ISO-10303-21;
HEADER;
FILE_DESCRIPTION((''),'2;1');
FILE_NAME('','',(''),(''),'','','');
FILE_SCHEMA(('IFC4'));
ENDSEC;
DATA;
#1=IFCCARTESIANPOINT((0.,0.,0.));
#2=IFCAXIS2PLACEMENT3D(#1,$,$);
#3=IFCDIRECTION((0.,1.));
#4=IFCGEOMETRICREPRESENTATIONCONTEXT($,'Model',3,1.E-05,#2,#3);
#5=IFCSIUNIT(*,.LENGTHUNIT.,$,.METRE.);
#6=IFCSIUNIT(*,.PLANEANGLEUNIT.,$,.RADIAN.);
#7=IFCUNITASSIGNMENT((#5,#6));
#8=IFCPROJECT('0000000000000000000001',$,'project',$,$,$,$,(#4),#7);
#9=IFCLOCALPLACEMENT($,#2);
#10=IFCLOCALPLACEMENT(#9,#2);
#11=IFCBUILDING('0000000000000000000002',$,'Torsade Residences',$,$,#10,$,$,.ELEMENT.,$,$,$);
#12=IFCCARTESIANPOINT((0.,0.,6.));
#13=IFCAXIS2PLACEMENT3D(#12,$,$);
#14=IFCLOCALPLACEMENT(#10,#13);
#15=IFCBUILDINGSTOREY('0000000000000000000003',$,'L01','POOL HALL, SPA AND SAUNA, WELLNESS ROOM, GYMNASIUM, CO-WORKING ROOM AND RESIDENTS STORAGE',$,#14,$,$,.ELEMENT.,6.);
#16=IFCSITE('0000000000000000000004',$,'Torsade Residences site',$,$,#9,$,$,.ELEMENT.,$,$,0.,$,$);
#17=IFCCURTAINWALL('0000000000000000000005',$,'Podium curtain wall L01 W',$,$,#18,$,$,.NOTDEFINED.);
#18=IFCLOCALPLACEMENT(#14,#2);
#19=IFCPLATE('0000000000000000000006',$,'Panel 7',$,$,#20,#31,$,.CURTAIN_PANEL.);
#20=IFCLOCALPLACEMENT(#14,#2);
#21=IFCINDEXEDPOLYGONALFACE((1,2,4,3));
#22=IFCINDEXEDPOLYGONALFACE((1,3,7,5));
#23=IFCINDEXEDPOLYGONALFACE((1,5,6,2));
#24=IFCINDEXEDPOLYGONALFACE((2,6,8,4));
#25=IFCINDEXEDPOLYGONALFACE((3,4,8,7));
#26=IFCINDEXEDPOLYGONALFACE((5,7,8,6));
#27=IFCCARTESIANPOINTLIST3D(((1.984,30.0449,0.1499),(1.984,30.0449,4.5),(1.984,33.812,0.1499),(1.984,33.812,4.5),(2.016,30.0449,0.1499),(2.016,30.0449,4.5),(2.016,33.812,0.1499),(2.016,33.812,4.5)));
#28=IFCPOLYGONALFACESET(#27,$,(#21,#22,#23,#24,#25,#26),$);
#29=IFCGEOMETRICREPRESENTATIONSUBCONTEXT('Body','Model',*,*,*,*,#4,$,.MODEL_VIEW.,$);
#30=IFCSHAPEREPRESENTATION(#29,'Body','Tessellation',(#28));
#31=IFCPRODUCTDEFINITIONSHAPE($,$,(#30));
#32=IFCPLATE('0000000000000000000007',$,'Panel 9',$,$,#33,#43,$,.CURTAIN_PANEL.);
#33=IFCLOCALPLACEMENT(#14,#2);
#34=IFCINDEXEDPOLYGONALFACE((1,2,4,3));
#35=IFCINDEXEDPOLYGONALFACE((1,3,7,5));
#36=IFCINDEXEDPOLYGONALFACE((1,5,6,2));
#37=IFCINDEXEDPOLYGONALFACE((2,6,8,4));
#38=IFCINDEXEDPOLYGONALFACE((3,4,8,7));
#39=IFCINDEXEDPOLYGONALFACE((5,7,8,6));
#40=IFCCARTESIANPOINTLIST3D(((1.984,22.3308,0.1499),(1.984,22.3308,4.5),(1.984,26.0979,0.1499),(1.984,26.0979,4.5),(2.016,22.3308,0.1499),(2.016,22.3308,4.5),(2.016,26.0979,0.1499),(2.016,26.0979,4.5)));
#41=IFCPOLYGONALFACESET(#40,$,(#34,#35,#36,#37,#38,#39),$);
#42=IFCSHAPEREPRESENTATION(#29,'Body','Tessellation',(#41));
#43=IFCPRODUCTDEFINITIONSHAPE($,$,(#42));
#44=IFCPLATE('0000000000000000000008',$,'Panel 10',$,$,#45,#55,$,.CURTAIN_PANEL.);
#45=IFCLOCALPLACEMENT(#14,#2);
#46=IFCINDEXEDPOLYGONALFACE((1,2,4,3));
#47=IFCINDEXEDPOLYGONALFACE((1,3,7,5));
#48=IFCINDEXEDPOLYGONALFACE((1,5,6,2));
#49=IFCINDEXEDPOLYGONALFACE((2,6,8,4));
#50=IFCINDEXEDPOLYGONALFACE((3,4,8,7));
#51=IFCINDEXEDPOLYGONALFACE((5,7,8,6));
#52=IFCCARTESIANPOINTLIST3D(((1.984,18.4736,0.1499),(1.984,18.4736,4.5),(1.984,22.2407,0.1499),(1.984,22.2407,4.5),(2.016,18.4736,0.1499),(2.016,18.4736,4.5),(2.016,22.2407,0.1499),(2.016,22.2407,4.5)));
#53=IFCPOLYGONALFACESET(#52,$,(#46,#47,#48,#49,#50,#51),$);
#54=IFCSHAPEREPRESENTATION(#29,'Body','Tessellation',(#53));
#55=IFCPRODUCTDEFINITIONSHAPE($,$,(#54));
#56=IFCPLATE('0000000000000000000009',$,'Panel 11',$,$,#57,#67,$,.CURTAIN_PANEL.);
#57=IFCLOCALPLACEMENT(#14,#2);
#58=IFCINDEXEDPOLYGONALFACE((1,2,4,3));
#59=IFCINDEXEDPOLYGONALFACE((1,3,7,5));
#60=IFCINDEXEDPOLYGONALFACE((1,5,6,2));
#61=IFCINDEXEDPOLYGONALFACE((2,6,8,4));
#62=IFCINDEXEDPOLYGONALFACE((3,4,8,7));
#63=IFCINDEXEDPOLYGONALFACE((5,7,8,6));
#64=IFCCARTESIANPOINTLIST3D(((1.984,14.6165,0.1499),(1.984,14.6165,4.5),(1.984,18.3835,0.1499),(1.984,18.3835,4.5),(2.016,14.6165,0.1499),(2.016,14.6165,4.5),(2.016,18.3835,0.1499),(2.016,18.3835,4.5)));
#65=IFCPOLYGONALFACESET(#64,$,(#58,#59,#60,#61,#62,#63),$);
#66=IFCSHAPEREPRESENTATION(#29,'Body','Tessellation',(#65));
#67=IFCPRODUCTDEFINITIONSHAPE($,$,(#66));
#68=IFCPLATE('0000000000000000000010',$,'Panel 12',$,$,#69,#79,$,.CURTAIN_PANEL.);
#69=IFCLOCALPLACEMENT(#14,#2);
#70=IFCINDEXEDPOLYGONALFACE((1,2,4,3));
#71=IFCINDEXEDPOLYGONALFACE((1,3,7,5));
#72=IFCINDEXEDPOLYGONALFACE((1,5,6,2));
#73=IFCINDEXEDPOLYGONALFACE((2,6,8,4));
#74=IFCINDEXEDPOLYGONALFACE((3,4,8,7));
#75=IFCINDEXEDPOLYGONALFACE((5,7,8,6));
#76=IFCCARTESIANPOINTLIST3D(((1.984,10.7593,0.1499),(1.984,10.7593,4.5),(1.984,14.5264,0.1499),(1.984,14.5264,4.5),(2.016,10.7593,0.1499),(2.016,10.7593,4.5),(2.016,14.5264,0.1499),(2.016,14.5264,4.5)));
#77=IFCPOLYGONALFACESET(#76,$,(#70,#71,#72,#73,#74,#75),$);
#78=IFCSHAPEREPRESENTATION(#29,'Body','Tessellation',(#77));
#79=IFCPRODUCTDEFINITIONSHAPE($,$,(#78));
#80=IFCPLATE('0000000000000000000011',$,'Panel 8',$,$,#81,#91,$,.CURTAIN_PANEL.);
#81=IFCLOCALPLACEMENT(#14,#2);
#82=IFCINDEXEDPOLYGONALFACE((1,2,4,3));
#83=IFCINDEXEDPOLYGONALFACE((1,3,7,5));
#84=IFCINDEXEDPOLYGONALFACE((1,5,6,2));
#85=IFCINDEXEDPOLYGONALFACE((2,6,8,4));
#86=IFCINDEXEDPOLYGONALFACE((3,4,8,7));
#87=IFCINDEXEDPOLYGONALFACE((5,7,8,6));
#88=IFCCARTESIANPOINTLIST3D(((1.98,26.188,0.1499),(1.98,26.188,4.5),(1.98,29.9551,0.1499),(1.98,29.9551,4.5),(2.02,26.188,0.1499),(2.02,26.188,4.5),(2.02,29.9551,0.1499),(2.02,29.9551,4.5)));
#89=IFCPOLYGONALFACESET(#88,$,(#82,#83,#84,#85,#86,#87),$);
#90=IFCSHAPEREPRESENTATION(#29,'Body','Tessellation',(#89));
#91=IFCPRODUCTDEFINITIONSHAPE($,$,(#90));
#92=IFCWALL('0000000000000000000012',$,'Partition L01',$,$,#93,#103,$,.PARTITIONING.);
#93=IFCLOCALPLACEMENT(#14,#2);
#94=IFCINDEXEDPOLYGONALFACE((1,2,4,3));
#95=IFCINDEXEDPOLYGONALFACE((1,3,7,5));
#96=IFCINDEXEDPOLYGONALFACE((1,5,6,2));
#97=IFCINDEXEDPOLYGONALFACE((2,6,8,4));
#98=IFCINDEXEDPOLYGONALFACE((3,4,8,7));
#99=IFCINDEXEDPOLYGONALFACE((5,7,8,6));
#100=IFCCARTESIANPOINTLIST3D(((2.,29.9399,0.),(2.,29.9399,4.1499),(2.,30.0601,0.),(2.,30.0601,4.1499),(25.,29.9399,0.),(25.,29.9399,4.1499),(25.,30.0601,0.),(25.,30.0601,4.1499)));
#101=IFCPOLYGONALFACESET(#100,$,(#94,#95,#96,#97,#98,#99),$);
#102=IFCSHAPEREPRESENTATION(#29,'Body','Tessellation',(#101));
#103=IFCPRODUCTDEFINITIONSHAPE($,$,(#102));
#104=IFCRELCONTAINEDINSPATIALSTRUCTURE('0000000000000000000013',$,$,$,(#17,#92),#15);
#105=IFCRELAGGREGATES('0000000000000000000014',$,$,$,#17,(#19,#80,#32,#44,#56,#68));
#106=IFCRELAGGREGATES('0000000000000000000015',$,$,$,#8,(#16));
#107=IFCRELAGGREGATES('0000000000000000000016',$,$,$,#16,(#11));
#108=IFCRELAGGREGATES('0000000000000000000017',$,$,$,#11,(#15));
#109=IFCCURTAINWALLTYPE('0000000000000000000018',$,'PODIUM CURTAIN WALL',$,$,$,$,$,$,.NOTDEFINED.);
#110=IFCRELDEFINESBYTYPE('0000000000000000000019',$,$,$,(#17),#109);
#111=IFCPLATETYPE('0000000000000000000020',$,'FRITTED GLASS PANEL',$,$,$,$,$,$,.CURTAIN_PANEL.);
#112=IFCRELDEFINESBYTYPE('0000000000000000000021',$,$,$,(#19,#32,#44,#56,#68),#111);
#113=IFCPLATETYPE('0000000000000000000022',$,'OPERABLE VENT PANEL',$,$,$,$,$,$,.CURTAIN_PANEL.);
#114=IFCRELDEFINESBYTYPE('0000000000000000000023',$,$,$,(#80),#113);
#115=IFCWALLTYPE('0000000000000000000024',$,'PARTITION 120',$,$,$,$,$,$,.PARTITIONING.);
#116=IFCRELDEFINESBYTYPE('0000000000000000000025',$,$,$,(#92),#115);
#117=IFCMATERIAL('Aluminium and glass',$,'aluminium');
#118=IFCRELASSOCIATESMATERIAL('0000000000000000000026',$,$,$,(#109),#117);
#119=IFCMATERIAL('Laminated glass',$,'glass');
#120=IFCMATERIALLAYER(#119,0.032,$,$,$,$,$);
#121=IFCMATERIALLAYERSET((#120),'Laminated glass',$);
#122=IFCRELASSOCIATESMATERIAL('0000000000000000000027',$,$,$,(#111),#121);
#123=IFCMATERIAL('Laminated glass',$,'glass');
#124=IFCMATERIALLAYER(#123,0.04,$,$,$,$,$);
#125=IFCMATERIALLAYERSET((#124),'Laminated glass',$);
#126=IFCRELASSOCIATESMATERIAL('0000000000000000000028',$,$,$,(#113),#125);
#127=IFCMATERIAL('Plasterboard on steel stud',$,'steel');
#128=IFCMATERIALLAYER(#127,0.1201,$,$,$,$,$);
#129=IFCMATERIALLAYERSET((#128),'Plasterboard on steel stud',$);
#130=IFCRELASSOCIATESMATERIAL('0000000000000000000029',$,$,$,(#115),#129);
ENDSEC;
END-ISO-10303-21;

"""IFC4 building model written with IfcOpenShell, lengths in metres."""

from ifc_helpers import new_model, si_unit, direction, frame, frame_2d, origin, origin_2d, place, context, subcontext, project, spatial, rectangle, extrude, material, layer, layer_set, type_object, element, aggregate, save


model = new_model("IFC4")

# Units and contexts
model_context = context("Model", 3, precision=1e-05, world=origin(), true_north=direction((0.0, 1.0)))
body_context = subcontext(model_context, "Body", "Model", "MODEL_VIEW")
ifc_project = project(units=[si_unit("LENGTHUNIT", "METRE"), si_unit("PLANEANGLEUNIT", "RADIAN")], contexts=[model_context])

# Site, building, storey
site_placement = place(None, origin())
site = spatial("IfcSite", under=ifc_project, at=site_placement, Name="Torsade Residences site", CompositionType="ELEMENT", RefElevation=0.0)
building_placement = place(site_placement, origin())
building = spatial("IfcBuilding", under=site, at=building_placement, Name="Torsade Residences", CompositionType="ELEMENT")
storey_placement = place(building_placement, frame((0.0, 0.0, 6.0)))
storey = spatial("IfcBuildingStorey", under=building, at=storey_placement, Name="L01", Description="POOL HALL, SPA AND SAUNA, WELLNESS ROOM, GYMNASIUM, CO-WORKING ROOM AND RESIDENTS STORAGE", CompositionType="ELEMENT", Elevation=6.0)

# Curtain wall, plates
ifc_material_1 = material(Name="Aluminium and glass", Category="aluminium")
curtain_wall_type = type_object("IfcCurtainWallType", Name="PODIUM CURTAIN WALL", PredefinedType="NOTDEFINED", material=ifc_material_1)
curtain_wall_placement = place(storey_placement, origin())
curtain_wall = element("IfcCurtainWall", 1, at=curtain_wall_placement, inside=storey, type_object=curtain_wall_type, Name="Podium curtain wall L01 W", PredefinedType="NOTDEFINED")
ifc_material_2 = material(Name="Laminated glass", Category="glass")
ifc_layer_1 = layer(ifc_material_2, 0.032)
ifc_layer_set_1 = layer_set([ifc_layer_1], Name="Laminated glass")
plate_type_1 = type_object("IfcPlateType", Name="FRITTED GLASS PANEL", PredefinedType="CURTAIN_PANEL", material=ifc_layer_set_1)
plate_1_placement = place(storey_placement, frame((2.0, 31.9285, 0.1499), z_axis=(0.0, 0.0, 1.0), x_axis=(0.0, -1.0, 0.0)))
plate_1 = element("IfcPlate", 2, at=plate_1_placement, type_object=plate_type_1, Name="Panel 7", PredefinedType="CURTAIN_PANEL", context=body_context, shape_type="SweptSolid", body=[
    extrude(rectangle(XDim=3.7671, YDim=0.032, at=origin_2d()), origin(), (0.0, 0.0, 1.0), 4.3501),
])
plate_2_placement = place(storey_placement, frame((2.0, 24.2144, 0.1499), z_axis=(0.0, 0.0, 1.0), x_axis=(0.0, -1.0, 0.0)))
plate_2 = element("IfcPlate", 3, at=plate_2_placement, type_object=plate_type_1, Name="Panel 9", PredefinedType="CURTAIN_PANEL", context=body_context, shape_type="SweptSolid", body=[
    extrude(rectangle(XDim=3.7671, YDim=0.032, at=origin_2d()), origin(), (0.0, 0.0, 1.0), 4.3501),
])
plate_3_placement = place(storey_placement, frame((2.0, 20.3572, 0.1499), z_axis=(0.0, 0.0, 1.0), x_axis=(0.0, -1.0, 0.0)))
plate_3 = element("IfcPlate", 4, at=plate_3_placement, type_object=plate_type_1, Name="Panel 10", PredefinedType="CURTAIN_PANEL", context=body_context, shape_type="SweptSolid", body=[
    extrude(rectangle(XDim=3.7671, YDim=0.032, at=origin_2d()), origin(), (0.0, 0.0, 1.0), 4.3501),
])
plate_4_placement = place(storey_placement, frame((2.0, 16.5, 0.1499), z_axis=(0.0, 0.0, 1.0), x_axis=(0.0, -1.0, 0.0)))
plate_4 = element("IfcPlate", 5, at=plate_4_placement, type_object=plate_type_1, Name="Panel 11", PredefinedType="CURTAIN_PANEL", context=body_context, shape_type="SweptSolid", body=[
    extrude(rectangle(XDim=3.7671, YDim=0.032, at=origin_2d()), origin(), (0.0, 0.0, 1.0), 4.3501),
])
plate_5_placement = place(storey_placement, frame((2.0, 12.6428, 0.1499), z_axis=(0.0, 0.0, 1.0), x_axis=(0.0, -1.0, 0.0)))
plate_5 = element("IfcPlate", 6, at=plate_5_placement, type_object=plate_type_1, Name="Panel 12", PredefinedType="CURTAIN_PANEL", context=body_context, shape_type="SweptSolid", body=[
    extrude(rectangle(XDim=3.7671, YDim=0.032, at=origin_2d()), origin(), (0.0, 0.0, 1.0), 4.3501),
])
ifc_material_3 = material(Name="Laminated glass", Category="glass")
ifc_layer_2 = layer(ifc_material_3, 0.04)
ifc_layer_set_2 = layer_set([ifc_layer_2], Name="Laminated glass")
plate_type_2 = type_object("IfcPlateType", Name="OPERABLE VENT PANEL", PredefinedType="CURTAIN_PANEL", material=ifc_layer_set_2)
plate_6_placement = place(storey_placement, frame((2.0, 28.0715, 0.1499), z_axis=(0.0, 0.0, 1.0), x_axis=(0.0, -1.0, 0.0)))
plate_6 = element("IfcPlate", 7, at=plate_6_placement, type_object=plate_type_2, Name="Panel 8", PredefinedType="CURTAIN_PANEL", context=body_context, shape_type="SweptSolid", body=[
    extrude(rectangle(XDim=3.7671, YDim=0.04, at=origin_2d()), origin(), (0.0, 0.0, 1.0), 4.3501),
])
aggregate(curtain_wall, [plate_1, plate_6, plate_2, plate_3, plate_4, plate_5])

# Wall
ifc_material_4 = material(Name="Plasterboard on steel stud", Category="steel")
ifc_layer_3 = layer(ifc_material_4, 0.1201)
ifc_layer_set_3 = layer_set([ifc_layer_3], Name="Plasterboard on steel stud")
wall_type = type_object("IfcWallType", Name="PARTITION 120", PredefinedType="PARTITIONING", material=ifc_layer_set_3)
wall_placement = place(storey_placement, frame((2.0, 30.0, 0.0), z_axis=(0.0, 0.0, 1.0), x_axis=(1.0, 0.0, 0.0)))
element("IfcWall", 8, at=wall_placement, inside=storey, type_object=wall_type, Name="Partition L01", PredefinedType="PARTITIONING", context=body_context, shape_type="SweptSolid", body=[
    extrude(rectangle(XDim=23.0, YDim=0.1201, at=frame_2d((11.5, 0.0))), origin(), (0.0, 0.0, 1.0), 4.1499),
])

save(model, "model.ifc")
